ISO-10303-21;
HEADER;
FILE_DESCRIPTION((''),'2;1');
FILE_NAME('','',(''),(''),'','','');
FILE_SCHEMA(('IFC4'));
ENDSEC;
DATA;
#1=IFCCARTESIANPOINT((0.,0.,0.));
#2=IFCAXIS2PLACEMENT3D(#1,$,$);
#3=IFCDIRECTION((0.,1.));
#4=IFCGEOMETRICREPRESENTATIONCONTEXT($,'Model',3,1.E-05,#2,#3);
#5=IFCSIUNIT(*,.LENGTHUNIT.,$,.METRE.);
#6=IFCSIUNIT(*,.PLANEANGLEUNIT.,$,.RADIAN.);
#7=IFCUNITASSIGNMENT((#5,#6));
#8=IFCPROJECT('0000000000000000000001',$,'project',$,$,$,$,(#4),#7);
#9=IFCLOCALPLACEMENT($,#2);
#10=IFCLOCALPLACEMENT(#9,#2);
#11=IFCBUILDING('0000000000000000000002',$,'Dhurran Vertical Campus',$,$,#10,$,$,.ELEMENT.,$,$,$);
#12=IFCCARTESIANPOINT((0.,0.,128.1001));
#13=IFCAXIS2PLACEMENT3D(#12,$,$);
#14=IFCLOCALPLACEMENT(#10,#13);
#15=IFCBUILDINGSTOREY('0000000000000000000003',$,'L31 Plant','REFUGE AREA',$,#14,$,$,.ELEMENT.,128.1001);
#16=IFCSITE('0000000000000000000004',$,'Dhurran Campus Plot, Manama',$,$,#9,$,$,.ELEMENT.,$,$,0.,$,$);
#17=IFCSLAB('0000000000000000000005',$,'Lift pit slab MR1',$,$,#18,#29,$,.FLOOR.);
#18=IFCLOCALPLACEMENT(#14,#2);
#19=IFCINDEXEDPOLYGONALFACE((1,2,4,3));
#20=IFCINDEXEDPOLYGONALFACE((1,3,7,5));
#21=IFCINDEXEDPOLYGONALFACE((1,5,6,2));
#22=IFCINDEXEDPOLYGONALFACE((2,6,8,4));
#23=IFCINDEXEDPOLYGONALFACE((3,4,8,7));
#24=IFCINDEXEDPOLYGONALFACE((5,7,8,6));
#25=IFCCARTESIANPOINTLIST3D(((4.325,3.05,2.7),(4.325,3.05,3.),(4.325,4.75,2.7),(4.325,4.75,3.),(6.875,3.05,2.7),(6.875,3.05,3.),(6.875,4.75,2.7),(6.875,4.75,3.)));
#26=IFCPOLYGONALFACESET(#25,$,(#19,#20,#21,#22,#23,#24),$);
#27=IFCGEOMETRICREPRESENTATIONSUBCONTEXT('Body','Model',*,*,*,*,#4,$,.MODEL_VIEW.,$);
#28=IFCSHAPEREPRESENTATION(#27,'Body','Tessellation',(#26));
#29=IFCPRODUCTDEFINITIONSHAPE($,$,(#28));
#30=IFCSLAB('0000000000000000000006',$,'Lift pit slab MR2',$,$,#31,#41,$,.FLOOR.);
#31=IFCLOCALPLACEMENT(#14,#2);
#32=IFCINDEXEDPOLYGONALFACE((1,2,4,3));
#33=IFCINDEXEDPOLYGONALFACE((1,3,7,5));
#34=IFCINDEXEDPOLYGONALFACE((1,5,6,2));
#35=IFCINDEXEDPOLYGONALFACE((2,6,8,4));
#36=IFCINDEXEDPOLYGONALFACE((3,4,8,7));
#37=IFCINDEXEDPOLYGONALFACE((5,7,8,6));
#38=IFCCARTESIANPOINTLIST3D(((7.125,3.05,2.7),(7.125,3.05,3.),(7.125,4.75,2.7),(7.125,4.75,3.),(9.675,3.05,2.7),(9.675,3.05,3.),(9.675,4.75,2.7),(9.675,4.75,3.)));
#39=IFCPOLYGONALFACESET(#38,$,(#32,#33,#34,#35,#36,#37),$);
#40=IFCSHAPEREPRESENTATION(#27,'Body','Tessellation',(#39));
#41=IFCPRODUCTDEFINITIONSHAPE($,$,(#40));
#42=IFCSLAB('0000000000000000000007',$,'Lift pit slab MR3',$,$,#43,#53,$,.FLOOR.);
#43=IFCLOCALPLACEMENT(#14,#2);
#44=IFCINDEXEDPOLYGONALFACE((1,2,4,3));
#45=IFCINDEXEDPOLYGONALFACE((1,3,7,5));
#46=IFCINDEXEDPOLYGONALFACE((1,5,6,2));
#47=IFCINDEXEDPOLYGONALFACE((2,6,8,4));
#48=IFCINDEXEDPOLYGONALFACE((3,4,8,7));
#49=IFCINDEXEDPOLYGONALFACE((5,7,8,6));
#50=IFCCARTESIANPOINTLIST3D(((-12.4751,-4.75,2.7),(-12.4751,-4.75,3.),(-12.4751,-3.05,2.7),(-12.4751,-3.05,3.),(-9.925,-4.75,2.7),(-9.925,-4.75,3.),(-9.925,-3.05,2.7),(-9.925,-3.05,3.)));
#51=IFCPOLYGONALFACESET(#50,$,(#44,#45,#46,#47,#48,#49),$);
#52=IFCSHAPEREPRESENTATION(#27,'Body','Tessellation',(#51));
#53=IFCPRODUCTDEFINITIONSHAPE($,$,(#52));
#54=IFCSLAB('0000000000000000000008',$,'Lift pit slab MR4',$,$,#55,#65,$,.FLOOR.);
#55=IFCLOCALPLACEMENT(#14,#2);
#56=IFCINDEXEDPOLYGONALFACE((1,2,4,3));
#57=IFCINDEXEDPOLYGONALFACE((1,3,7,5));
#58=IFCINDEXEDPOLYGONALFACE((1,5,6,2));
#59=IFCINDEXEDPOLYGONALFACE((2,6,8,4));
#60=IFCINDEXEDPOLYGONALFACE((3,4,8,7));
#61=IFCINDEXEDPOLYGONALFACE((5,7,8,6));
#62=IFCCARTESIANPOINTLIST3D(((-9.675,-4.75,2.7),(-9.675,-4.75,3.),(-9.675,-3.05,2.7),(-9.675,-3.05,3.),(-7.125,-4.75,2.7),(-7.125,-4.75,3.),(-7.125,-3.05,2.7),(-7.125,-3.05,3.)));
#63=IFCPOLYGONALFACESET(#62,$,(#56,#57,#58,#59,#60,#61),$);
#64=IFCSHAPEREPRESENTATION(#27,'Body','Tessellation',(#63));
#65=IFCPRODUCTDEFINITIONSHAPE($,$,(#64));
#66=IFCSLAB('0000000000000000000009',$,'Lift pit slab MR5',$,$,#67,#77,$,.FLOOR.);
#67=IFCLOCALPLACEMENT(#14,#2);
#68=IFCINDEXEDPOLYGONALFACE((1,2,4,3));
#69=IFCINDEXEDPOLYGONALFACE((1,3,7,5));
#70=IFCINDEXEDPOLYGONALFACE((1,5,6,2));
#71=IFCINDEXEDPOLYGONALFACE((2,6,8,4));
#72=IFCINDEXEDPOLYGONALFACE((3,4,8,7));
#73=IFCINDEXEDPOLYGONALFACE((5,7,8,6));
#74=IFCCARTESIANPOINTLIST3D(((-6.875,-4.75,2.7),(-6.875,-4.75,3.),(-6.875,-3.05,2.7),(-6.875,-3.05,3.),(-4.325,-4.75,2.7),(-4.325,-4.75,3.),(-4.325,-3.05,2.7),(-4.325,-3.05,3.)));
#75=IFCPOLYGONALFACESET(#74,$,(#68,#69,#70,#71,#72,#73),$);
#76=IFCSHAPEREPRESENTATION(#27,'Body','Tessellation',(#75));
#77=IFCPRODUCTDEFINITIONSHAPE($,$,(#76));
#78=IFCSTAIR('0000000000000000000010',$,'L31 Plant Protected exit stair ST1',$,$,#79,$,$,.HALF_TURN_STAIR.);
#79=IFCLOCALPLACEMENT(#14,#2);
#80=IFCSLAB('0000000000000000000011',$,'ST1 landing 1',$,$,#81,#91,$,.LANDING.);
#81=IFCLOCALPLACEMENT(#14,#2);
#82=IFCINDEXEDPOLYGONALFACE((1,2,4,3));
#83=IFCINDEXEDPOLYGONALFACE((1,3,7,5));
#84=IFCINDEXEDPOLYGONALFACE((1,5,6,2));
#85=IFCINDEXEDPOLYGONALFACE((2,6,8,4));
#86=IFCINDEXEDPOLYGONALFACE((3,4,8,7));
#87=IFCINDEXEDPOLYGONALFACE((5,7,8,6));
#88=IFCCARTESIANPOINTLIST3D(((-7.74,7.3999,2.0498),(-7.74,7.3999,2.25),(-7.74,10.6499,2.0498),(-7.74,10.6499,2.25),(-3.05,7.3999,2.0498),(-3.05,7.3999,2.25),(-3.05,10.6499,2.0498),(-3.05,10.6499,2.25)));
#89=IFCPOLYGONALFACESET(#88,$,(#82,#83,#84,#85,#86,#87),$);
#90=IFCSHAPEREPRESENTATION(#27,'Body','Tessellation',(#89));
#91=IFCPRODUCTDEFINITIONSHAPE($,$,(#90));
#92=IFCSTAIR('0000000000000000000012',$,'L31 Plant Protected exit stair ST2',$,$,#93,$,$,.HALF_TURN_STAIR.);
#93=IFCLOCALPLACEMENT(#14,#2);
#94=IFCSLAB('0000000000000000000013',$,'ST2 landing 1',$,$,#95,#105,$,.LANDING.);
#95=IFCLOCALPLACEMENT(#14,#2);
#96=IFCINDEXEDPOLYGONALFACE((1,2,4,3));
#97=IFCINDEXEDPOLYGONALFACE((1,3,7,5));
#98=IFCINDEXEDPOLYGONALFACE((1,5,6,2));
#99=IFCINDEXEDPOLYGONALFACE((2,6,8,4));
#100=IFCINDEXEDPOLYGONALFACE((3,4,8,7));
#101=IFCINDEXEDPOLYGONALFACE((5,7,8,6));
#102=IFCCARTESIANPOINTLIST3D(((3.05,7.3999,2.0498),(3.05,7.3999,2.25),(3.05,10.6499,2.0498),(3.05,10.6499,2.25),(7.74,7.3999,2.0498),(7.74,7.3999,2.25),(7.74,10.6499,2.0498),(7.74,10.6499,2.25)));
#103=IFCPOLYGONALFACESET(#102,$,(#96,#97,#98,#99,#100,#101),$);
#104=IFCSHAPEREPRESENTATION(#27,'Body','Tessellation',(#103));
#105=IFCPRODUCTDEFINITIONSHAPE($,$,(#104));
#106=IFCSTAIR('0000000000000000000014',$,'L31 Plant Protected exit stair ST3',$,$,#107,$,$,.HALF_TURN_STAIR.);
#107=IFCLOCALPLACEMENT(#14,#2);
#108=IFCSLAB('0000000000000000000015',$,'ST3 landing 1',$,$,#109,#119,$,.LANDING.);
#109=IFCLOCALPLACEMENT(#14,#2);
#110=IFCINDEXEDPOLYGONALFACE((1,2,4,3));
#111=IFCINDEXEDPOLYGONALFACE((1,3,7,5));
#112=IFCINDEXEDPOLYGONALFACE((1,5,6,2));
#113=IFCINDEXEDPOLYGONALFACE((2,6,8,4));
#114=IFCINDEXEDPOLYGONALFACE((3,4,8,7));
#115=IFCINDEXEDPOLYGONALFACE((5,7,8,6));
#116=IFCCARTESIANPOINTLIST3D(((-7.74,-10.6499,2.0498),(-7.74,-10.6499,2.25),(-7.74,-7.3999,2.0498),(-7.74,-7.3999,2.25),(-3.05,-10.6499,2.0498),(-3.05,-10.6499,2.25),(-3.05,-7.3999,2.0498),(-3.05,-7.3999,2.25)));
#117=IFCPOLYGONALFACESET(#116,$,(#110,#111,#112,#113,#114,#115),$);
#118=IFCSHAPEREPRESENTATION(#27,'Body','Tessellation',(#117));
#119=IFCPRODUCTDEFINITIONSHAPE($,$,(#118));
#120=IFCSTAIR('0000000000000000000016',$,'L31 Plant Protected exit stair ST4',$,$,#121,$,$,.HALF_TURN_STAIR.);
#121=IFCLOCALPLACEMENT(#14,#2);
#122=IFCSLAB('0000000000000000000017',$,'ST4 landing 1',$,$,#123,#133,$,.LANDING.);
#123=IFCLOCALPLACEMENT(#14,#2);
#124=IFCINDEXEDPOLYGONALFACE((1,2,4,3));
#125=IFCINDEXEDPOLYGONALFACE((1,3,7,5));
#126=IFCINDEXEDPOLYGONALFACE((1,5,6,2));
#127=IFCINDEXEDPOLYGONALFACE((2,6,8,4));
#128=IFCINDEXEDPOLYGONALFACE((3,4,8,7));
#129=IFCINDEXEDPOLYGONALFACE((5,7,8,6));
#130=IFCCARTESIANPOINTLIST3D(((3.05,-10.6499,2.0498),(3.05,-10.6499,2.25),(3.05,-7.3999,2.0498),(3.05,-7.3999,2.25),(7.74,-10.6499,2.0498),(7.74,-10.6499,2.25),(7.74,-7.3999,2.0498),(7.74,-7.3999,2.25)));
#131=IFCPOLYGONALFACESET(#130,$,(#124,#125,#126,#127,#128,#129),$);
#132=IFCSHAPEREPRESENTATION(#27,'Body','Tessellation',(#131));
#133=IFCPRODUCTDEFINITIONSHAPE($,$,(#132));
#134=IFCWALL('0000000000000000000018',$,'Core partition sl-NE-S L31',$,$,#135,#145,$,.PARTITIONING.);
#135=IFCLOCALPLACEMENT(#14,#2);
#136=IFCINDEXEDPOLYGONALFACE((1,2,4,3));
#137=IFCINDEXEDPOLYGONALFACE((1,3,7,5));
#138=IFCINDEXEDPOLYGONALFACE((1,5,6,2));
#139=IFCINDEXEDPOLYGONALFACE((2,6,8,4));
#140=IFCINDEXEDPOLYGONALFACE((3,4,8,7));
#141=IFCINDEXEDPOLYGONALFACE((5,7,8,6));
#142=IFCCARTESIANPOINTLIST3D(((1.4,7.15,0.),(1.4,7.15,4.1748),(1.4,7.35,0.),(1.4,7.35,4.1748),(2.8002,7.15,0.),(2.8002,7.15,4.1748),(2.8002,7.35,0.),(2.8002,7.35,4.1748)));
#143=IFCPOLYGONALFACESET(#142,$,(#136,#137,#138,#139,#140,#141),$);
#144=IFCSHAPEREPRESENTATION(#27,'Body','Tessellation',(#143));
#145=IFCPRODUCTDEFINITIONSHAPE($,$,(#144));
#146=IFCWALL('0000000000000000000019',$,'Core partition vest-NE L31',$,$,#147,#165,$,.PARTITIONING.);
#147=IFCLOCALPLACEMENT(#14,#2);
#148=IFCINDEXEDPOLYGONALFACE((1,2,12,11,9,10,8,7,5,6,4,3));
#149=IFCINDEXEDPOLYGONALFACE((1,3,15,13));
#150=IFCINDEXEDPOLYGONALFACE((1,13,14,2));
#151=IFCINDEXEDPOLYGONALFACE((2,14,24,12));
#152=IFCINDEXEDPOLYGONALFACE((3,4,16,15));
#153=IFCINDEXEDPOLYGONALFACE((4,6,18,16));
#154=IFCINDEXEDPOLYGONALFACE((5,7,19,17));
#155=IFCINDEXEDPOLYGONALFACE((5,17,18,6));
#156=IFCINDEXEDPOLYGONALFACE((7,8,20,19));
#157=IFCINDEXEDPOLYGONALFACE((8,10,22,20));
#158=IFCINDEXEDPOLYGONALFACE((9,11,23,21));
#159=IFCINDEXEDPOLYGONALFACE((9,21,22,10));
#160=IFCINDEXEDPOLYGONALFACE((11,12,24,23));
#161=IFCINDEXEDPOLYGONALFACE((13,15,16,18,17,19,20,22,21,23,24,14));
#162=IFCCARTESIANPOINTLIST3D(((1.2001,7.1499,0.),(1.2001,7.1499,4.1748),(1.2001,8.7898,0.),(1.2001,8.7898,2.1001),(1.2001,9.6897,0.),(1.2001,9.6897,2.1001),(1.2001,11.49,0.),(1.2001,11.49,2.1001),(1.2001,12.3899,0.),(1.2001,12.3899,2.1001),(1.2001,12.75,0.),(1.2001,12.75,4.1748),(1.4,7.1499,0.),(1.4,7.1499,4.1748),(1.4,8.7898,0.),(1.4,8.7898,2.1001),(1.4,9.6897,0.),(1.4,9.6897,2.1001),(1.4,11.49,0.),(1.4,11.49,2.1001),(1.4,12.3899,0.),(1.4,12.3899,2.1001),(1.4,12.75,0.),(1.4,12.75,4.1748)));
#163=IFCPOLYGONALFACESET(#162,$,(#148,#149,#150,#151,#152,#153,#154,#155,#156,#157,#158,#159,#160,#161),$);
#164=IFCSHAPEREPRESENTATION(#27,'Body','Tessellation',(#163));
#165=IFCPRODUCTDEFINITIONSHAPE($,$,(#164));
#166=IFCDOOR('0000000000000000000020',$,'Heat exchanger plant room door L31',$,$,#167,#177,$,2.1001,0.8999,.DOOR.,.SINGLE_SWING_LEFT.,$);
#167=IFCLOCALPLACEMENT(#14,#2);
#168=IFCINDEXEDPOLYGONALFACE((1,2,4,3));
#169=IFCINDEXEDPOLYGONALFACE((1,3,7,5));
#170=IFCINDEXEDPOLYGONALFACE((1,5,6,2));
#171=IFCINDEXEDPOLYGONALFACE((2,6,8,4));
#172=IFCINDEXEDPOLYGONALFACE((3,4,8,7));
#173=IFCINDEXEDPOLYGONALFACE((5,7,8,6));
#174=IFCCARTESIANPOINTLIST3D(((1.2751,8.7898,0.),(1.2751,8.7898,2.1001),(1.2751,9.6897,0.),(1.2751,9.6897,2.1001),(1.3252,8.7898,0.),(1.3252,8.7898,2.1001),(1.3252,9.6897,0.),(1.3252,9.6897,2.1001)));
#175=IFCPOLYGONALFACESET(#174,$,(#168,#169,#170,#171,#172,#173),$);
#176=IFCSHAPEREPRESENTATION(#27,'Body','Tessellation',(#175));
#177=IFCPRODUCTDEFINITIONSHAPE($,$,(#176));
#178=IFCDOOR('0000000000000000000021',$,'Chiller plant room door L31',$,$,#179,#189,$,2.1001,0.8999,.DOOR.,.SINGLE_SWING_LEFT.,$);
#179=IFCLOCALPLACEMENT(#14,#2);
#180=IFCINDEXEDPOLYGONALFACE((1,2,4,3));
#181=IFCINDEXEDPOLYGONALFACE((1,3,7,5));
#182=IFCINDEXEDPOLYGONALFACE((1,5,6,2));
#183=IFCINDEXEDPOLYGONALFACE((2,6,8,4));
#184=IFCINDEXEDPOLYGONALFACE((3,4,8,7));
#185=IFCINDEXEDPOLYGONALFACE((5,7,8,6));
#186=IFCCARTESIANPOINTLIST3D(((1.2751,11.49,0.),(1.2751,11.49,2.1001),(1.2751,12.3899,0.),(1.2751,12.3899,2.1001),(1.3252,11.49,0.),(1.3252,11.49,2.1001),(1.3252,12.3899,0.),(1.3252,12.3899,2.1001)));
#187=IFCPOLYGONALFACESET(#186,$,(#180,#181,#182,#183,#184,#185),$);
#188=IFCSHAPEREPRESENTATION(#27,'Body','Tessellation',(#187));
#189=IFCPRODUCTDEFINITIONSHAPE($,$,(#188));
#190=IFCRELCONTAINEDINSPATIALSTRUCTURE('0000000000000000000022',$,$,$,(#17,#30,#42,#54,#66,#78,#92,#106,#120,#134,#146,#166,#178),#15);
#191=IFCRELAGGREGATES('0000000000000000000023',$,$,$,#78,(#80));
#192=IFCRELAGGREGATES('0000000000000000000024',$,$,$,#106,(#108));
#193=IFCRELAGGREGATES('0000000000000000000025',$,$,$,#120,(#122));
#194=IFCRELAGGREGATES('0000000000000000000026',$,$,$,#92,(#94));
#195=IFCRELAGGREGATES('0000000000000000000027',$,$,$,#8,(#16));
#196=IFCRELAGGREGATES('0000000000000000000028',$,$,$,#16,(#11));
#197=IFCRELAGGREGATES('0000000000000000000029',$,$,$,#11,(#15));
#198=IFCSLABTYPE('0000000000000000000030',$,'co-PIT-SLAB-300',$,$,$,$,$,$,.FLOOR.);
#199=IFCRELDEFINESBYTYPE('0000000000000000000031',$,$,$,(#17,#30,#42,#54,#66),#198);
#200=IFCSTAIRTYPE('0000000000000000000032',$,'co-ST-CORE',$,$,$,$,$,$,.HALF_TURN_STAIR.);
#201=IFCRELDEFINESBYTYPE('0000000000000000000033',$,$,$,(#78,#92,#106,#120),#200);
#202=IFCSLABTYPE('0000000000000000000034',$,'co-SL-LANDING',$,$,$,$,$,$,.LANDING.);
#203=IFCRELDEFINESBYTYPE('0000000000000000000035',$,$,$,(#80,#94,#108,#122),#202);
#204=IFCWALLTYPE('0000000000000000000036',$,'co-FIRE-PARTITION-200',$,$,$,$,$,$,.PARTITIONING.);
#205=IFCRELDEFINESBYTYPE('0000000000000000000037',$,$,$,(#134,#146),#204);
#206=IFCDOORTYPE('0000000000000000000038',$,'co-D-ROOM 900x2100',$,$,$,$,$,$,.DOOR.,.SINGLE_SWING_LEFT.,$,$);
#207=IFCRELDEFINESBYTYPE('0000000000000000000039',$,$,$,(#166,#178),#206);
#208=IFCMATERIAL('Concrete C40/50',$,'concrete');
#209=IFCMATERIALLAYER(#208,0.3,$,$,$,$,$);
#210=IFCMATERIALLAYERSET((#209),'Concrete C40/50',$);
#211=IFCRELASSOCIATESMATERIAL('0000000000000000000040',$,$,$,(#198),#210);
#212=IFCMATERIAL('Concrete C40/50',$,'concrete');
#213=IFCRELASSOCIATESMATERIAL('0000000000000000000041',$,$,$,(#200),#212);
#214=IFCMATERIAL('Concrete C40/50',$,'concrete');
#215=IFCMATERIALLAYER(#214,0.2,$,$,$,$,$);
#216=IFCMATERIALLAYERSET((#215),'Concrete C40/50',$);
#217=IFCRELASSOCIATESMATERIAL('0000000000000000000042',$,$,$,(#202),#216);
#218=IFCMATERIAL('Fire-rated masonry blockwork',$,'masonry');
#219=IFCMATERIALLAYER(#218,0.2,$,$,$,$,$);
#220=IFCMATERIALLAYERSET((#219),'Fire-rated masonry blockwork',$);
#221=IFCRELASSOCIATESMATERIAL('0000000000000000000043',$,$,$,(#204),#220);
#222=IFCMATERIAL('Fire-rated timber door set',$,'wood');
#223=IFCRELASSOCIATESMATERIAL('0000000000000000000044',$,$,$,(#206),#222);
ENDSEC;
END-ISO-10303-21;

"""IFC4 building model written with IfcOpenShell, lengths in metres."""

from ifc_helpers import new_model, si_unit, direction, frame, frame_2d, origin, place, context, subcontext, project, spatial, polyline, rectangle, outline, extrude, material, layer, layer_set, type_object, element, fill, aggregate, save


model = new_model("IFC4")

# Units and contexts
model_context = context("Model", 3, precision=1e-05, world=origin(), true_north=direction((0.0, 1.0)))
body_context = subcontext(model_context, "Body", "Model", "MODEL_VIEW")
ifc_project = project(units=[si_unit("LENGTHUNIT", "METRE"), si_unit("PLANEANGLEUNIT", "RADIAN")], contexts=[model_context])

# Site, building, storey
site_placement = place(None, origin())
site = spatial("IfcSite", under=ifc_project, at=site_placement, Name="Dhurran Campus Plot, Manama", CompositionType="ELEMENT", RefElevation=0.0)
building_placement = place(site_placement, origin())
building = spatial("IfcBuilding", under=site, at=building_placement, Name="Dhurran Vertical Campus", CompositionType="ELEMENT")
storey_placement = place(building_placement, frame((0.0, 0.0, 128.1001)))
storey = spatial("IfcBuildingStorey", under=building, at=storey_placement, Name="L31 Plant", Description="REFUGE AREA", CompositionType="ELEMENT", Elevation=128.1001)

# Slabs
ifc_material_1 = material(Name="Concrete C40/50", Category="concrete")
ifc_layer_1 = layer(ifc_material_1, 0.3)
ifc_layer_set_1 = layer_set([ifc_layer_1], Name="Concrete C40/50")
slab_type_1 = type_object("IfcSlabType", Name="co-PIT-SLAB-300", PredefinedType="FLOOR", material=ifc_layer_set_1)
slab_1_placement = place(storey_placement, frame((0.0, 0.0, 2.7)))
element("IfcSlab", 1, at=slab_1_placement, inside=storey, type_object=slab_type_1, Name="Lift pit slab MR1", PredefinedType="FLOOR", context=body_context, shape_type="SweptSolid", body=[
    extrude(outline(polyline([(4.325, 3.05), (6.875, 3.05), (6.875, 4.75), (4.325, 4.75), (4.325, 3.05)])), origin(), (0.0, 0.0, 1.0), 0.3),
])
slab_2_placement = place(storey_placement, frame((0.0, 0.0, 2.7)))
element("IfcSlab", 2, at=slab_2_placement, inside=storey, type_object=slab_type_1, Name="Lift pit slab MR2", PredefinedType="FLOOR", context=body_context, shape_type="SweptSolid", body=[
    extrude(outline(polyline([(7.125, 3.05), (9.675, 3.05), (9.675, 4.75), (7.125, 4.75), (7.125, 3.05)])), origin(), (0.0, 0.0, 1.0), 0.3),
])
slab_3_placement = place(storey_placement, frame((0.0, 0.0, 2.7)))
element("IfcSlab", 3, at=slab_3_placement, inside=storey, type_object=slab_type_1, Name="Lift pit slab MR3", PredefinedType="FLOOR", context=body_context, shape_type="SweptSolid", body=[
    extrude(outline(polyline([(-12.4751, -4.75), (-9.925, -4.75), (-9.925, -3.05), (-12.4751, -3.05), (-12.4751, -4.75)])), origin(), (0.0, 0.0, 1.0), 0.3),
])
slab_4_placement = place(storey_placement, frame((0.0, 0.0, 2.7)))
element("IfcSlab", 4, at=slab_4_placement, inside=storey, type_object=slab_type_1, Name="Lift pit slab MR4", PredefinedType="FLOOR", context=body_context, shape_type="SweptSolid", body=[
    extrude(outline(polyline([(-9.675, -4.75), (-7.125, -4.75), (-7.125, -3.05), (-9.675, -3.05), (-9.675, -4.75)])), origin(), (0.0, 0.0, 1.0), 0.3),
])
slab_5_placement = place(storey_placement, frame((0.0, 0.0, 2.7)))
element("IfcSlab", 5, at=slab_5_placement, inside=storey, type_object=slab_type_1, Name="Lift pit slab MR5", PredefinedType="FLOOR", context=body_context, shape_type="SweptSolid", body=[
    extrude(outline(polyline([(-6.875, -4.75), (-4.325, -4.75), (-4.325, -3.05), (-6.875, -3.05), (-6.875, -4.75)])), origin(), (0.0, 0.0, 1.0), 0.3),
])

# Stairs, slabs
ifc_material_2 = material(Name="Concrete C40/50", Category="concrete")
stair_type = type_object("IfcStairType", Name="co-ST-CORE", PredefinedType="HALF_TURN_STAIR", material=ifc_material_2)
stair_1_placement = place(storey_placement, origin())
stair_1 = element("IfcStair", 6, at=stair_1_placement, inside=storey, type_object=stair_type, Name="L31 Plant Protected exit stair ST1", PredefinedType="HALF_TURN_STAIR")
ifc_material_3 = material(Name="Concrete C40/50", Category="concrete")
ifc_layer_2 = layer(ifc_material_3, 0.2)
ifc_layer_set_2 = layer_set([ifc_layer_2], Name="Concrete C40/50")
slab_type_2 = type_object("IfcSlabType", Name="co-SL-LANDING", PredefinedType="LANDING", material=ifc_layer_set_2)
slab_6_placement = place(storey_placement, frame((0.0, 0.0, 2.0498)))
slab_6 = element("IfcSlab", 7, at=slab_6_placement, type_object=slab_type_2, Name="ST1 landing 1", PredefinedType="LANDING", context=body_context, shape_type="SweptSolid", body=[
    extrude(outline(polyline([(-7.74, 7.3999), (-3.05, 7.3999), (-3.05, 10.6499), (-7.74, 10.6499), (-7.74, 7.3999)])), origin(), (0.0, 0.0, 1.0), 0.2002),
])
aggregate(stair_1, [slab_6])
stair_2_placement = place(storey_placement, origin())
stair_2 = element("IfcStair", 8, at=stair_2_placement, inside=storey, type_object=stair_type, Name="L31 Plant Protected exit stair ST2", PredefinedType="HALF_TURN_STAIR")
slab_7_placement = place(storey_placement, frame((0.0, 0.0, 2.0498)))
slab_7 = element("IfcSlab", 9, at=slab_7_placement, type_object=slab_type_2, Name="ST2 landing 1", PredefinedType="LANDING", context=body_context, shape_type="SweptSolid", body=[
    extrude(outline(polyline([(7.74, 10.6499), (3.05, 10.6499), (3.05, 7.3999), (7.74, 7.3999), (7.74, 10.6499)])), origin(), (0.0, 0.0, 1.0), 0.2002),
])
stair_3_placement = place(storey_placement, origin())
stair_3 = element("IfcStair", 10, at=stair_3_placement, inside=storey, type_object=stair_type, Name="L31 Plant Protected exit stair ST3", PredefinedType="HALF_TURN_STAIR")
slab_8_placement = place(storey_placement, frame((0.0, 0.0, 2.0498)))
slab_8 = element("IfcSlab", 11, at=slab_8_placement, type_object=slab_type_2, Name="ST3 landing 1", PredefinedType="LANDING", context=body_context, shape_type="SweptSolid", body=[
    extrude(outline(polyline([(-7.74, -10.6499), (-3.05, -10.6499), (-3.05, -7.3999), (-7.74, -7.3999), (-7.74, -10.6499)])), origin(), (0.0, 0.0, 1.0), 0.2002),
])
aggregate(stair_3, [slab_8])
stair_4_placement = place(storey_placement, origin())
stair_4 = element("IfcStair", 12, at=stair_4_placement, inside=storey, type_object=stair_type, Name="L31 Plant Protected exit stair ST4", PredefinedType="HALF_TURN_STAIR")
slab_9_placement = place(storey_placement, frame((0.0, 0.0, 2.0498)))
slab_9 = element("IfcSlab", 13, at=slab_9_placement, type_object=slab_type_2, Name="ST4 landing 1", PredefinedType="LANDING", context=body_context, shape_type="SweptSolid", body=[
    extrude(outline(polyline([(7.74, -7.3999), (3.05, -7.3999), (3.05, -10.6499), (7.74, -10.6499), (7.74, -7.3999)])), origin(), (0.0, 0.0, 1.0), 0.2002),
])
aggregate(stair_4, [slab_9])

# Wall
ifc_material_4 = material(Name="Fire-rated masonry blockwork", Category="masonry")
ifc_layer_3 = layer(ifc_material_4, 0.2)
ifc_layer_set_3 = layer_set([ifc_layer_3], Name="Fire-rated masonry blockwork")
wall_type_1 = type_object("IfcWallType", Name="co-FIRE-PARTITION-200", PredefinedType="PARTITIONING", material=ifc_layer_set_3)
wall_1_placement = place(storey_placement, frame((1.3999, 7.25, 0.0), z_axis=(0.0, 0.0, 1.0), x_axis=(1.0, 0.0, 0.0)))
element("IfcWall", 14, at=wall_1_placement, inside=storey, type_object=wall_type_1, Name="Core partition sl-NE-S L31", PredefinedType="PARTITIONING", context=body_context, shape_type="SweptSolid", body=[
    extrude(rectangle(XDim=1.4001, YDim=0.2, at=frame_2d((0.7002, 0.0))), origin(), (0.0, 0.0, 1.0), 4.1748),
])

# Wall, openings, doors
wall_2_placement = place(storey_placement, frame((1.3, 7.1499, 0.0), z_axis=(0.0, 0.0, 1.0), x_axis=(0.0, 1.0, 0.0)))
wall_2 = element("IfcWall", 15, at=wall_2_placement, inside=storey, type_object=wall_type_1, Name="Core partition vest-NE L31", PredefinedType="PARTITIONING", context=body_context, shape_type="SweptSolid", body=[
    extrude(rectangle(XDim=5.6001, YDim=0.2, at=frame_2d((2.8, 0.0))), origin(), (0.0, 0.0, 1.0), 4.1748),
])
opening_1_placement = place(wall_2_placement, frame((1.6399, 0.0, 0.0)))
opening_1 = element("IfcOpeningElement", 16, at=opening_1_placement, cuts=wall_2, PredefinedType="OPENING", context=body_context, shape_type="SweptSolid", body=[
    extrude(rectangle(XDim=0.8999, YDim=2.1001, at=frame_2d((0.45, 1.05))), frame((0.0, 0.1099, 0.0), z_axis=(0.0, -1.0, 0.0), x_axis=(1.0, 0.0, 0.0)), (0.0, 0.0, 1.0), 0.22),
])
opening_2_placement = place(wall_2_placement, frame((4.3401, 0.0, 0.0)))
opening_2 = element("IfcOpeningElement", 17, at=opening_2_placement, cuts=wall_2, PredefinedType="OPENING", context=body_context, shape_type="SweptSolid", body=[
    extrude(rectangle(XDim=0.8999, YDim=2.1001, at=frame_2d((0.45, 1.05))), frame((0.0, 0.1099, 0.0), z_axis=(0.0, -1.0, 0.0), x_axis=(1.0, 0.0, 0.0)), (0.0, 0.0, 1.0), 0.22),
])
ifc_material_5 = material(Name="Fire-rated timber door set", Category="wood")
door_type_1 = type_object("IfcDoorType", Name="co-D-ROOM 900x2100", OperationType="SINGLE_SWING_LEFT", PredefinedType="DOOR", material=ifc_material_5)
door_1_placement = place(opening_1_placement, origin())
door_1 = element("IfcDoor", 18, at=door_1_placement, inside=storey, type_object=door_type_1, Name="Heat exchanger plant room door L31", OperationType="SINGLE_SWING_LEFT", OverallHeight=2.1001, OverallWidth=0.8999, PredefinedType="DOOR", context=body_context, shape_type="SweptSolid", body=[
    extrude(rectangle(XDim=0.8999, YDim=2.1001, at=frame_2d((0.45, 1.05))), frame((0.0, 0.0249, 0.0), z_axis=(0.0, -1.0, 0.0), x_axis=(1.0, 0.0, 0.0)), (0.0, 0.0, 1.0), 0.05),
])
fill(opening_1, door_1)
door_2_placement = place(opening_2_placement, origin())
door_2 = element("IfcDoor", 19, at=door_2_placement, inside=storey, type_object=door_type_1, Name="Chiller plant room door L31", OperationType="SINGLE_SWING_LEFT", OverallHeight=2.1001, OverallWidth=0.8999, PredefinedType="DOOR", context=body_context, shape_type="SweptSolid", body=[
    extrude(rectangle(XDim=0.8999, YDim=2.1001, at=frame_2d((0.45, 1.05))), frame((0.0, 0.0249, 0.0), z_axis=(0.0, -1.0, 0.0), x_axis=(1.0, 0.0, 0.0)), (0.0, 0.0, 1.0), 0.05),
])
fill(opening_2, door_2)

aggregate(stair_2, [slab_7])

save(model, "model.ifc")
